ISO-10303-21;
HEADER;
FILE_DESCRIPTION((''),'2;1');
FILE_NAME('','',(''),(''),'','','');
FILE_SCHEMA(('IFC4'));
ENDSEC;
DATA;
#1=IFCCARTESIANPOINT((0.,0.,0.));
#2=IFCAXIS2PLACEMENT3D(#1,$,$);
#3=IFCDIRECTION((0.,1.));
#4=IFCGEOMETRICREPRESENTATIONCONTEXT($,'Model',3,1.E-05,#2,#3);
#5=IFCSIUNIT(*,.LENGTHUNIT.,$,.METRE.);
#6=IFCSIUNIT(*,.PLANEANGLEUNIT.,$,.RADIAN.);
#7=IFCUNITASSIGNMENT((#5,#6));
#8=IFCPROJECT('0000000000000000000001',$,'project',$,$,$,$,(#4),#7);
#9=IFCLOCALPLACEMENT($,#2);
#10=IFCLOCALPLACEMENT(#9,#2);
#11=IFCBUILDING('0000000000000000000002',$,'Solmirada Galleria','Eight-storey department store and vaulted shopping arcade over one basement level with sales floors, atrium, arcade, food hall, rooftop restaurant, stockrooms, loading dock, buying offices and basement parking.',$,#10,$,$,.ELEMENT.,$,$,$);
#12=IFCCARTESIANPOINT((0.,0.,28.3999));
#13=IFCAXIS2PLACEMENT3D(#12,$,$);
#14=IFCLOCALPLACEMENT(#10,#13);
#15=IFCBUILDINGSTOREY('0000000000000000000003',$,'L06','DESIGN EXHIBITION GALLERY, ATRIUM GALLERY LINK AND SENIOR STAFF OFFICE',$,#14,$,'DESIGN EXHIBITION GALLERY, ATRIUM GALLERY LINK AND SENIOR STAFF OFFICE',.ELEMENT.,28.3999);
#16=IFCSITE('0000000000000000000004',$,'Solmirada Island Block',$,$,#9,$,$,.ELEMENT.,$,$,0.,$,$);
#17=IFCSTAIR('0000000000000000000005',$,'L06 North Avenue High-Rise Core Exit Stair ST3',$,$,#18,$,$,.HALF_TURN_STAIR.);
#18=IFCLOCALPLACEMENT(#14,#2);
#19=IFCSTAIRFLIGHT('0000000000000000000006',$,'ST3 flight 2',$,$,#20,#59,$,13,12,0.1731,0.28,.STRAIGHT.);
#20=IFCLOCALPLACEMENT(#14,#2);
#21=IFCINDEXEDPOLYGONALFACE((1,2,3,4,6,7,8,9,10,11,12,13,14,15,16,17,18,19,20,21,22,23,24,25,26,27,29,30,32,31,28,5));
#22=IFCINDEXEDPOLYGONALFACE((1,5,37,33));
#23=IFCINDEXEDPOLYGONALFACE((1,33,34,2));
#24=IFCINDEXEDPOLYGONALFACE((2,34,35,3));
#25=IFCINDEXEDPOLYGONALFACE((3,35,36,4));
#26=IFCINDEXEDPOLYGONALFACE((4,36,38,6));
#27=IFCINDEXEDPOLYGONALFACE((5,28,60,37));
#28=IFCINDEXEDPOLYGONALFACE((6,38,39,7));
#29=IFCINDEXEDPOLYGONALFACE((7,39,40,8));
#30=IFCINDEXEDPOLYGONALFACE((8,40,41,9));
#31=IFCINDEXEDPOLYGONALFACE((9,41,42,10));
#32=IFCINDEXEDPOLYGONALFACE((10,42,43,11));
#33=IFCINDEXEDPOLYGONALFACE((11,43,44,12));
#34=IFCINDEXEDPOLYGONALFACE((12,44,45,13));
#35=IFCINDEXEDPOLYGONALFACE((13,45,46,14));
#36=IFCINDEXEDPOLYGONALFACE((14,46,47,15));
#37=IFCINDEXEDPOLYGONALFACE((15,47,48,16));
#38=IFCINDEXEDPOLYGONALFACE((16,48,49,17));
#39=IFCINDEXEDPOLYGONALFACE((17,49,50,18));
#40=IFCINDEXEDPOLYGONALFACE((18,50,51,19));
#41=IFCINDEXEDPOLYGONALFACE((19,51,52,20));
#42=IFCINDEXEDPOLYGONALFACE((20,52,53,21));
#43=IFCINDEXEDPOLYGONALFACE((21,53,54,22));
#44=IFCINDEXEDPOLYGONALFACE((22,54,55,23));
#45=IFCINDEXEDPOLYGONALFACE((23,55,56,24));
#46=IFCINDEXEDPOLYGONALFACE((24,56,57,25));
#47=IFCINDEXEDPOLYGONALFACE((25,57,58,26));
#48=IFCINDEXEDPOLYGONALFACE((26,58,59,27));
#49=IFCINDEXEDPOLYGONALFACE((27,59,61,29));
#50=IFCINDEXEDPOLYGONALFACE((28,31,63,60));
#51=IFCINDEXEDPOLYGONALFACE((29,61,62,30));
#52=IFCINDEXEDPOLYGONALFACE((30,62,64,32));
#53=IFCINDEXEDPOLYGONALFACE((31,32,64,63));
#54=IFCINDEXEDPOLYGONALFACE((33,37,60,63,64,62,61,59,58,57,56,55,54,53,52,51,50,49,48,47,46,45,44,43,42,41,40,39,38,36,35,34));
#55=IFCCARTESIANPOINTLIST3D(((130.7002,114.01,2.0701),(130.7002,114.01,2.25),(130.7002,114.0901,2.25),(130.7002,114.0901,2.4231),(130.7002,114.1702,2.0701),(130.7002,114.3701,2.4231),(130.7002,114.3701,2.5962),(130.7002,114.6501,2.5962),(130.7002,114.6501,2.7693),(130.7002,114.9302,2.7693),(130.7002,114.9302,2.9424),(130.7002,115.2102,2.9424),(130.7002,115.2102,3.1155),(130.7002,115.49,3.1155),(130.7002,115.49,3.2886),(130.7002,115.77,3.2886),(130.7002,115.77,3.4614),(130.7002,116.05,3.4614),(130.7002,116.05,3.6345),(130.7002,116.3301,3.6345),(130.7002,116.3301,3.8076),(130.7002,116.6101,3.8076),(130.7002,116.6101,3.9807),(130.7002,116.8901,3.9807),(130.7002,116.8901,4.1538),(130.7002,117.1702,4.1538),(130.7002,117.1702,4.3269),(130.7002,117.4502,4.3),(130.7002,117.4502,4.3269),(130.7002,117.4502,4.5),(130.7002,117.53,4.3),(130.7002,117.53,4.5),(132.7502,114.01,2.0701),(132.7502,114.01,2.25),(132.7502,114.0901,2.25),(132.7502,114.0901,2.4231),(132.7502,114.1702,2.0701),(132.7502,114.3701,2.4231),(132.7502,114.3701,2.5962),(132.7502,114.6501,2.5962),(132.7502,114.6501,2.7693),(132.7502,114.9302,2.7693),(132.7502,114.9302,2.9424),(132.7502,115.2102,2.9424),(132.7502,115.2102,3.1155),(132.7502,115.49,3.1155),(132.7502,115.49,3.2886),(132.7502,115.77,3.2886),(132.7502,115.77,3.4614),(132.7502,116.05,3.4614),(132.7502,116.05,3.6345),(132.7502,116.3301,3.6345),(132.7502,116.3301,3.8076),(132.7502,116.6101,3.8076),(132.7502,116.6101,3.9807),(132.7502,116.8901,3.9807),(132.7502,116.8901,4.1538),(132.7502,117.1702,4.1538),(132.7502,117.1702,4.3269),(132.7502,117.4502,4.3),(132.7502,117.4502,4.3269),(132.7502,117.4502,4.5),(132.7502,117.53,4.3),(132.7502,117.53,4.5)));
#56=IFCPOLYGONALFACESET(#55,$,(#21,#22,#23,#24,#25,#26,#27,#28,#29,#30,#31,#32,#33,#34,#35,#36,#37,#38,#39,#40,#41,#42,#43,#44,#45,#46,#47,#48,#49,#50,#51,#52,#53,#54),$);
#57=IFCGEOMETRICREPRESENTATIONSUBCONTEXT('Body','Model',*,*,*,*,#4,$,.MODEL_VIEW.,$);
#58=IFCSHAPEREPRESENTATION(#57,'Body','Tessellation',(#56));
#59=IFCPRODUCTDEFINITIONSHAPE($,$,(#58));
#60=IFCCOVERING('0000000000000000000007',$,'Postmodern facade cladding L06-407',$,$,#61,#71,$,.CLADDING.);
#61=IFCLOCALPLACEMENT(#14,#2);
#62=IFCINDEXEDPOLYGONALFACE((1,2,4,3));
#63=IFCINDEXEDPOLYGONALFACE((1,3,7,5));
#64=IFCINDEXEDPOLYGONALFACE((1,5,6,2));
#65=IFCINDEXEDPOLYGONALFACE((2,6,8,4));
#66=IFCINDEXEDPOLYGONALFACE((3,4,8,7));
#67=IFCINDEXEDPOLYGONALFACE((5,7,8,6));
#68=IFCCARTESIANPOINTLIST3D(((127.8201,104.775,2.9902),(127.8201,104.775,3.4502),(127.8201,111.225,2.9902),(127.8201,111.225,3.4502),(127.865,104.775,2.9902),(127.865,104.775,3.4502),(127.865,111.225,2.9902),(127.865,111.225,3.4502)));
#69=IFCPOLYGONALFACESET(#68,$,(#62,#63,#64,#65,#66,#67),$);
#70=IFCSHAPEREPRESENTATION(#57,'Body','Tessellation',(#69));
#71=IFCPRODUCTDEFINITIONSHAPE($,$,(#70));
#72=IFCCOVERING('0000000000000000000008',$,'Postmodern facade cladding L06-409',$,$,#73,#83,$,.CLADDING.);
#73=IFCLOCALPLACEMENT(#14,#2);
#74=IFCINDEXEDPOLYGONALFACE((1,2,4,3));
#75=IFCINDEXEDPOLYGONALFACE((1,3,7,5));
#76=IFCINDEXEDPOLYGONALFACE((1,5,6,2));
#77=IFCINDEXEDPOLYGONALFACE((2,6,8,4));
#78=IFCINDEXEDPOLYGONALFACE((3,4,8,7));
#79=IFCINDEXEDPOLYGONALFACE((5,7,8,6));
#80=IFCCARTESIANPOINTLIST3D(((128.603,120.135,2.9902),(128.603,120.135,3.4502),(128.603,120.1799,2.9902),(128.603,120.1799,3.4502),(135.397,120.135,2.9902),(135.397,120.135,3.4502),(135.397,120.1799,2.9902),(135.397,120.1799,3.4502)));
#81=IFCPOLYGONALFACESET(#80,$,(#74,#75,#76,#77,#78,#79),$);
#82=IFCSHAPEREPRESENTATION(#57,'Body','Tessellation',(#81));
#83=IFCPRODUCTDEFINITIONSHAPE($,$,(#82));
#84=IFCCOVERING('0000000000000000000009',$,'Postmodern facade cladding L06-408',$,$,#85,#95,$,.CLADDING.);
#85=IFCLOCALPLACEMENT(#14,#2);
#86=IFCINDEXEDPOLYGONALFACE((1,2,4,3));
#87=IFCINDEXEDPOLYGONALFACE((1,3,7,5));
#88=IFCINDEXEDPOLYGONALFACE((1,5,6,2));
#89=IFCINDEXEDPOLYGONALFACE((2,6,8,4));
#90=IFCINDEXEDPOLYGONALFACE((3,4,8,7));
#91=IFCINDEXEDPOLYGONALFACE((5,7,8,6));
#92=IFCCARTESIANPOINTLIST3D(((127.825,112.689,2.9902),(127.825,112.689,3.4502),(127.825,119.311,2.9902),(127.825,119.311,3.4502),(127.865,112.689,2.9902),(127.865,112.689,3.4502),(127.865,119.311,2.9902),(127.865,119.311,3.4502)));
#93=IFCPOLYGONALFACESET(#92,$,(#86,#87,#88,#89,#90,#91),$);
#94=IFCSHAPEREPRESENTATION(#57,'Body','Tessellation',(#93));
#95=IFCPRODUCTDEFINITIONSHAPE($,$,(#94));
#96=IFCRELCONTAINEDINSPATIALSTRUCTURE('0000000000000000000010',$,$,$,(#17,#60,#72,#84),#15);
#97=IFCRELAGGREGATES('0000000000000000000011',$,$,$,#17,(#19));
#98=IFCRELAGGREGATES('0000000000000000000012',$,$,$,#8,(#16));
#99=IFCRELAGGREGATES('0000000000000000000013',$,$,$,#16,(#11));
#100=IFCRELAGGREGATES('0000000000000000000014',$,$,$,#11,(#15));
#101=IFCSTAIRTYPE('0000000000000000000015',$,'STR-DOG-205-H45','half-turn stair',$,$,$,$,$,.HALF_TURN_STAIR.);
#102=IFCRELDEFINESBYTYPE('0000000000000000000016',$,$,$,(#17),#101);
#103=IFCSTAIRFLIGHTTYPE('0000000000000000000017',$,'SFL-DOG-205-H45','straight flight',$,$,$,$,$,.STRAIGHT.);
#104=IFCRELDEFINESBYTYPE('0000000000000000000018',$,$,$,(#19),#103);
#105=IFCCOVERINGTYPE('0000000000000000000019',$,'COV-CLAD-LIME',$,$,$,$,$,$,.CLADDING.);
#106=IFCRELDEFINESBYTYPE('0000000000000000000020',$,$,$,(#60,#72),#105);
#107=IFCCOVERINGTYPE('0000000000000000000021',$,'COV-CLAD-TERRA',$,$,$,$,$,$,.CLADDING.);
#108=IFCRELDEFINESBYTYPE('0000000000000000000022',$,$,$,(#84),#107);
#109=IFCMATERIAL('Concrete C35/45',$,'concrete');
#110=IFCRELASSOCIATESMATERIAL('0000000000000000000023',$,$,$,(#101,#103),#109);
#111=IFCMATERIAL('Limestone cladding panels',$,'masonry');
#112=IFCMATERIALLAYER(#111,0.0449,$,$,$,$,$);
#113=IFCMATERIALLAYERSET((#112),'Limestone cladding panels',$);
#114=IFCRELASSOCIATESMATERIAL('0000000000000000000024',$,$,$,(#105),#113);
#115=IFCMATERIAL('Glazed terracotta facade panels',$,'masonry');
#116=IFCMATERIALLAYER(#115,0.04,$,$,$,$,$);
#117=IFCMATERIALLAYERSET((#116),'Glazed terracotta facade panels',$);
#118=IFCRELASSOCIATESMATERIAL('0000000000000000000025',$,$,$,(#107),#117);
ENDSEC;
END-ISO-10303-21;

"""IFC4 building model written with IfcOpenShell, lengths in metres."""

from ifc_helpers import new_model, si_unit, direction, frame, origin, origin_2d, place, context, subcontext, project, spatial, polyline, rectangle, outline, extrude, material, layer, layer_set, type_object, element, aggregate, save


model = new_model("IFC4")

# Units and contexts
model_context = context("Model", 3, precision=1e-05, world=origin(), true_north=direction((0.0, 1.0)))
body_context = subcontext(model_context, "Body", "Model", "MODEL_VIEW")
ifc_project = project(units=[si_unit("LENGTHUNIT", "METRE"), si_unit("PLANEANGLEUNIT", "RADIAN")], contexts=[model_context])

# Site, building, storey
site_placement = place(None, origin())
site = spatial("IfcSite", under=ifc_project, at=site_placement, Name="Solmirada Island Block", CompositionType="ELEMENT", RefElevation=0.0)
building_placement = place(site_placement, origin())
building = spatial("IfcBuilding", under=site, at=building_placement, Name="Solmirada Galleria", Description="Eight-storey department store and vaulted shopping arcade over one basement level with sales floors, atrium, arcade, food hall, rooftop restaurant, stockrooms, loading dock, buying offices and basement parking.", CompositionType="ELEMENT")
storey_placement = place(building_placement, frame((0.0, 0.0, 28.3999)))
storey = spatial("IfcBuildingStorey", under=building, at=storey_placement, Name="L06", Description="DESIGN EXHIBITION GALLERY, ATRIUM GALLERY LINK AND SENIOR STAFF OFFICE", LongName="DESIGN EXHIBITION GALLERY, ATRIUM GALLERY LINK AND SENIOR STAFF OFFICE", CompositionType="ELEMENT", Elevation=28.3999)

# Stair, stair flight
ifc_material_1 = material(Name="Concrete C35/45", Category="concrete")
stair_type = type_object("IfcStairType", Name="STR-DOG-205-H45", Description="half-turn stair", PredefinedType="HALF_TURN_STAIR", material=ifc_material_1)
stair_placement = place(storey_placement, origin())
stair = element("IfcStair", 1, at=stair_placement, inside=storey, type_object=stair_type, Name="L06 North Avenue High-Rise Core Exit Stair ST3", PredefinedType="HALF_TURN_STAIR")
stair_flight_type = type_object("IfcStairFlightType", Name="SFL-DOG-205-H45", Description="straight flight", PredefinedType="STRAIGHT", material=ifc_material_1)
stair_flight_1_placement = place(storey_placement, frame((131.7251, 114.0901, 2.25), z_axis=(0.0, 0.0, 1.0), x_axis=(0.0, 1.0, 0.0)))
stair_flight_1 = element("IfcStairFlight", 2, at=stair_flight_1_placement, type_object=stair_flight_type, Name="ST3 flight 2", NumberOfRisers=13, NumberOfTreads=12, PredefinedType="STRAIGHT", RiserHeight=0.1731, TreadLength=0.28, context=body_context, shape_type="SweptSolid", body=[
    extrude(outline(polyline([(-0.0801, 0.0), (0.0, 0.0), (0.0, 0.1731), (0.28, 0.1731), (0.28, 0.3462), (0.5601, 0.3462), (0.5601, 0.5193), (0.8401, 0.5193), (0.8401, 0.6924), (1.1201, 0.6924), (1.1201, 0.8655), (1.3999, 0.8655), (1.3999, 1.0386), (1.6799, 1.0386), (1.6799, 1.2114), (1.96, 1.2114), (1.96, 1.3845), (2.24, 1.3845), (2.24, 1.5576), (2.52, 1.5576), (2.52, 1.7307), (2.8, 1.7307), (2.8, 1.9038), (3.0801, 1.9038), (3.0801, 2.0769), (3.3601, 2.0769), (3.3601, 2.25), (3.4399, 2.25), (3.4399, 2.05), (3.3601, 2.05), (0.0801, -0.1799), (-0.0801, -0.1799), (-0.0801, 0.0)])), frame((0.0, 1.0249, 0.0), z_axis=(0.0, -1.0, 0.0), x_axis=(1.0, 0.0, 0.0)), (0.0, 0.0, 1.0), 2.05),
])
aggregate(stair, [stair_flight_1])

# Coverings
ifc_material_2 = material(Name="Limestone cladding panels", Category="masonry")
ifc_layer_1 = layer(ifc_material_2, 0.0449)
ifc_layer_set_1 = layer_set([ifc_layer_1], Name="Limestone cladding panels")
covering_type_1 = type_object("IfcCoveringType", Name="COV-CLAD-LIME", PredefinedType="CLADDING", material=ifc_layer_set_1)
covering_1_placement = place(storey_placement, frame((127.8425, 108.0, 2.9902), z_axis=(0.0, 0.0, 1.0), x_axis=(0.0, 1.0, 0.0)))
element("IfcCovering", 3, at=covering_1_placement, inside=storey, type_object=covering_type_1, Name="Postmodern facade cladding L06-407", PredefinedType="CLADDING", context=body_context, shape_type="SweptSolid", body=[
    extrude(rectangle(XDim=6.45, YDim=0.0449, at=origin_2d()), origin(), (0.0, 0.0, 1.0), 0.46),
])
covering_2_placement = place(storey_placement, frame((132.0, 120.1575, 2.9902), z_axis=(0.0, 0.0, 1.0), x_axis=(1.0, 0.0, 0.0)))
element("IfcCovering", 4, at=covering_2_placement, inside=storey, type_object=covering_type_1, Name="Postmodern facade cladding L06-409", PredefinedType="CLADDING", context=body_context, shape_type="SweptSolid", body=[
    extrude(rectangle(XDim=6.7939, YDim=0.0449, at=origin_2d()), origin(), (0.0, 0.0, 1.0), 0.46),
])
ifc_material_3 = material(Name="Glazed terracotta facade panels", Category="masonry")
ifc_layer_2 = layer(ifc_material_3, 0.04)
ifc_layer_set_2 = layer_set([ifc_layer_2], Name="Glazed terracotta facade panels")
covering_type_2 = type_object("IfcCoveringType", Name="COV-CLAD-TERRA", PredefinedType="CLADDING", material=ifc_layer_set_2)
covering_3_placement = place(storey_placement, frame((127.845, 116.0, 2.9902), z_axis=(0.0, 0.0, 1.0), x_axis=(0.0, 1.0, 0.0)))
element("IfcCovering", 5, at=covering_3_placement, inside=storey, type_object=covering_type_2, Name="Postmodern facade cladding L06-408", PredefinedType="CLADDING", context=body_context, shape_type="SweptSolid", body=[
    extrude(rectangle(XDim=6.6221, YDim=0.04, at=origin_2d()), origin(), (0.0, 0.0, 1.0), 0.46),
])

save(model, "model.ifc")
